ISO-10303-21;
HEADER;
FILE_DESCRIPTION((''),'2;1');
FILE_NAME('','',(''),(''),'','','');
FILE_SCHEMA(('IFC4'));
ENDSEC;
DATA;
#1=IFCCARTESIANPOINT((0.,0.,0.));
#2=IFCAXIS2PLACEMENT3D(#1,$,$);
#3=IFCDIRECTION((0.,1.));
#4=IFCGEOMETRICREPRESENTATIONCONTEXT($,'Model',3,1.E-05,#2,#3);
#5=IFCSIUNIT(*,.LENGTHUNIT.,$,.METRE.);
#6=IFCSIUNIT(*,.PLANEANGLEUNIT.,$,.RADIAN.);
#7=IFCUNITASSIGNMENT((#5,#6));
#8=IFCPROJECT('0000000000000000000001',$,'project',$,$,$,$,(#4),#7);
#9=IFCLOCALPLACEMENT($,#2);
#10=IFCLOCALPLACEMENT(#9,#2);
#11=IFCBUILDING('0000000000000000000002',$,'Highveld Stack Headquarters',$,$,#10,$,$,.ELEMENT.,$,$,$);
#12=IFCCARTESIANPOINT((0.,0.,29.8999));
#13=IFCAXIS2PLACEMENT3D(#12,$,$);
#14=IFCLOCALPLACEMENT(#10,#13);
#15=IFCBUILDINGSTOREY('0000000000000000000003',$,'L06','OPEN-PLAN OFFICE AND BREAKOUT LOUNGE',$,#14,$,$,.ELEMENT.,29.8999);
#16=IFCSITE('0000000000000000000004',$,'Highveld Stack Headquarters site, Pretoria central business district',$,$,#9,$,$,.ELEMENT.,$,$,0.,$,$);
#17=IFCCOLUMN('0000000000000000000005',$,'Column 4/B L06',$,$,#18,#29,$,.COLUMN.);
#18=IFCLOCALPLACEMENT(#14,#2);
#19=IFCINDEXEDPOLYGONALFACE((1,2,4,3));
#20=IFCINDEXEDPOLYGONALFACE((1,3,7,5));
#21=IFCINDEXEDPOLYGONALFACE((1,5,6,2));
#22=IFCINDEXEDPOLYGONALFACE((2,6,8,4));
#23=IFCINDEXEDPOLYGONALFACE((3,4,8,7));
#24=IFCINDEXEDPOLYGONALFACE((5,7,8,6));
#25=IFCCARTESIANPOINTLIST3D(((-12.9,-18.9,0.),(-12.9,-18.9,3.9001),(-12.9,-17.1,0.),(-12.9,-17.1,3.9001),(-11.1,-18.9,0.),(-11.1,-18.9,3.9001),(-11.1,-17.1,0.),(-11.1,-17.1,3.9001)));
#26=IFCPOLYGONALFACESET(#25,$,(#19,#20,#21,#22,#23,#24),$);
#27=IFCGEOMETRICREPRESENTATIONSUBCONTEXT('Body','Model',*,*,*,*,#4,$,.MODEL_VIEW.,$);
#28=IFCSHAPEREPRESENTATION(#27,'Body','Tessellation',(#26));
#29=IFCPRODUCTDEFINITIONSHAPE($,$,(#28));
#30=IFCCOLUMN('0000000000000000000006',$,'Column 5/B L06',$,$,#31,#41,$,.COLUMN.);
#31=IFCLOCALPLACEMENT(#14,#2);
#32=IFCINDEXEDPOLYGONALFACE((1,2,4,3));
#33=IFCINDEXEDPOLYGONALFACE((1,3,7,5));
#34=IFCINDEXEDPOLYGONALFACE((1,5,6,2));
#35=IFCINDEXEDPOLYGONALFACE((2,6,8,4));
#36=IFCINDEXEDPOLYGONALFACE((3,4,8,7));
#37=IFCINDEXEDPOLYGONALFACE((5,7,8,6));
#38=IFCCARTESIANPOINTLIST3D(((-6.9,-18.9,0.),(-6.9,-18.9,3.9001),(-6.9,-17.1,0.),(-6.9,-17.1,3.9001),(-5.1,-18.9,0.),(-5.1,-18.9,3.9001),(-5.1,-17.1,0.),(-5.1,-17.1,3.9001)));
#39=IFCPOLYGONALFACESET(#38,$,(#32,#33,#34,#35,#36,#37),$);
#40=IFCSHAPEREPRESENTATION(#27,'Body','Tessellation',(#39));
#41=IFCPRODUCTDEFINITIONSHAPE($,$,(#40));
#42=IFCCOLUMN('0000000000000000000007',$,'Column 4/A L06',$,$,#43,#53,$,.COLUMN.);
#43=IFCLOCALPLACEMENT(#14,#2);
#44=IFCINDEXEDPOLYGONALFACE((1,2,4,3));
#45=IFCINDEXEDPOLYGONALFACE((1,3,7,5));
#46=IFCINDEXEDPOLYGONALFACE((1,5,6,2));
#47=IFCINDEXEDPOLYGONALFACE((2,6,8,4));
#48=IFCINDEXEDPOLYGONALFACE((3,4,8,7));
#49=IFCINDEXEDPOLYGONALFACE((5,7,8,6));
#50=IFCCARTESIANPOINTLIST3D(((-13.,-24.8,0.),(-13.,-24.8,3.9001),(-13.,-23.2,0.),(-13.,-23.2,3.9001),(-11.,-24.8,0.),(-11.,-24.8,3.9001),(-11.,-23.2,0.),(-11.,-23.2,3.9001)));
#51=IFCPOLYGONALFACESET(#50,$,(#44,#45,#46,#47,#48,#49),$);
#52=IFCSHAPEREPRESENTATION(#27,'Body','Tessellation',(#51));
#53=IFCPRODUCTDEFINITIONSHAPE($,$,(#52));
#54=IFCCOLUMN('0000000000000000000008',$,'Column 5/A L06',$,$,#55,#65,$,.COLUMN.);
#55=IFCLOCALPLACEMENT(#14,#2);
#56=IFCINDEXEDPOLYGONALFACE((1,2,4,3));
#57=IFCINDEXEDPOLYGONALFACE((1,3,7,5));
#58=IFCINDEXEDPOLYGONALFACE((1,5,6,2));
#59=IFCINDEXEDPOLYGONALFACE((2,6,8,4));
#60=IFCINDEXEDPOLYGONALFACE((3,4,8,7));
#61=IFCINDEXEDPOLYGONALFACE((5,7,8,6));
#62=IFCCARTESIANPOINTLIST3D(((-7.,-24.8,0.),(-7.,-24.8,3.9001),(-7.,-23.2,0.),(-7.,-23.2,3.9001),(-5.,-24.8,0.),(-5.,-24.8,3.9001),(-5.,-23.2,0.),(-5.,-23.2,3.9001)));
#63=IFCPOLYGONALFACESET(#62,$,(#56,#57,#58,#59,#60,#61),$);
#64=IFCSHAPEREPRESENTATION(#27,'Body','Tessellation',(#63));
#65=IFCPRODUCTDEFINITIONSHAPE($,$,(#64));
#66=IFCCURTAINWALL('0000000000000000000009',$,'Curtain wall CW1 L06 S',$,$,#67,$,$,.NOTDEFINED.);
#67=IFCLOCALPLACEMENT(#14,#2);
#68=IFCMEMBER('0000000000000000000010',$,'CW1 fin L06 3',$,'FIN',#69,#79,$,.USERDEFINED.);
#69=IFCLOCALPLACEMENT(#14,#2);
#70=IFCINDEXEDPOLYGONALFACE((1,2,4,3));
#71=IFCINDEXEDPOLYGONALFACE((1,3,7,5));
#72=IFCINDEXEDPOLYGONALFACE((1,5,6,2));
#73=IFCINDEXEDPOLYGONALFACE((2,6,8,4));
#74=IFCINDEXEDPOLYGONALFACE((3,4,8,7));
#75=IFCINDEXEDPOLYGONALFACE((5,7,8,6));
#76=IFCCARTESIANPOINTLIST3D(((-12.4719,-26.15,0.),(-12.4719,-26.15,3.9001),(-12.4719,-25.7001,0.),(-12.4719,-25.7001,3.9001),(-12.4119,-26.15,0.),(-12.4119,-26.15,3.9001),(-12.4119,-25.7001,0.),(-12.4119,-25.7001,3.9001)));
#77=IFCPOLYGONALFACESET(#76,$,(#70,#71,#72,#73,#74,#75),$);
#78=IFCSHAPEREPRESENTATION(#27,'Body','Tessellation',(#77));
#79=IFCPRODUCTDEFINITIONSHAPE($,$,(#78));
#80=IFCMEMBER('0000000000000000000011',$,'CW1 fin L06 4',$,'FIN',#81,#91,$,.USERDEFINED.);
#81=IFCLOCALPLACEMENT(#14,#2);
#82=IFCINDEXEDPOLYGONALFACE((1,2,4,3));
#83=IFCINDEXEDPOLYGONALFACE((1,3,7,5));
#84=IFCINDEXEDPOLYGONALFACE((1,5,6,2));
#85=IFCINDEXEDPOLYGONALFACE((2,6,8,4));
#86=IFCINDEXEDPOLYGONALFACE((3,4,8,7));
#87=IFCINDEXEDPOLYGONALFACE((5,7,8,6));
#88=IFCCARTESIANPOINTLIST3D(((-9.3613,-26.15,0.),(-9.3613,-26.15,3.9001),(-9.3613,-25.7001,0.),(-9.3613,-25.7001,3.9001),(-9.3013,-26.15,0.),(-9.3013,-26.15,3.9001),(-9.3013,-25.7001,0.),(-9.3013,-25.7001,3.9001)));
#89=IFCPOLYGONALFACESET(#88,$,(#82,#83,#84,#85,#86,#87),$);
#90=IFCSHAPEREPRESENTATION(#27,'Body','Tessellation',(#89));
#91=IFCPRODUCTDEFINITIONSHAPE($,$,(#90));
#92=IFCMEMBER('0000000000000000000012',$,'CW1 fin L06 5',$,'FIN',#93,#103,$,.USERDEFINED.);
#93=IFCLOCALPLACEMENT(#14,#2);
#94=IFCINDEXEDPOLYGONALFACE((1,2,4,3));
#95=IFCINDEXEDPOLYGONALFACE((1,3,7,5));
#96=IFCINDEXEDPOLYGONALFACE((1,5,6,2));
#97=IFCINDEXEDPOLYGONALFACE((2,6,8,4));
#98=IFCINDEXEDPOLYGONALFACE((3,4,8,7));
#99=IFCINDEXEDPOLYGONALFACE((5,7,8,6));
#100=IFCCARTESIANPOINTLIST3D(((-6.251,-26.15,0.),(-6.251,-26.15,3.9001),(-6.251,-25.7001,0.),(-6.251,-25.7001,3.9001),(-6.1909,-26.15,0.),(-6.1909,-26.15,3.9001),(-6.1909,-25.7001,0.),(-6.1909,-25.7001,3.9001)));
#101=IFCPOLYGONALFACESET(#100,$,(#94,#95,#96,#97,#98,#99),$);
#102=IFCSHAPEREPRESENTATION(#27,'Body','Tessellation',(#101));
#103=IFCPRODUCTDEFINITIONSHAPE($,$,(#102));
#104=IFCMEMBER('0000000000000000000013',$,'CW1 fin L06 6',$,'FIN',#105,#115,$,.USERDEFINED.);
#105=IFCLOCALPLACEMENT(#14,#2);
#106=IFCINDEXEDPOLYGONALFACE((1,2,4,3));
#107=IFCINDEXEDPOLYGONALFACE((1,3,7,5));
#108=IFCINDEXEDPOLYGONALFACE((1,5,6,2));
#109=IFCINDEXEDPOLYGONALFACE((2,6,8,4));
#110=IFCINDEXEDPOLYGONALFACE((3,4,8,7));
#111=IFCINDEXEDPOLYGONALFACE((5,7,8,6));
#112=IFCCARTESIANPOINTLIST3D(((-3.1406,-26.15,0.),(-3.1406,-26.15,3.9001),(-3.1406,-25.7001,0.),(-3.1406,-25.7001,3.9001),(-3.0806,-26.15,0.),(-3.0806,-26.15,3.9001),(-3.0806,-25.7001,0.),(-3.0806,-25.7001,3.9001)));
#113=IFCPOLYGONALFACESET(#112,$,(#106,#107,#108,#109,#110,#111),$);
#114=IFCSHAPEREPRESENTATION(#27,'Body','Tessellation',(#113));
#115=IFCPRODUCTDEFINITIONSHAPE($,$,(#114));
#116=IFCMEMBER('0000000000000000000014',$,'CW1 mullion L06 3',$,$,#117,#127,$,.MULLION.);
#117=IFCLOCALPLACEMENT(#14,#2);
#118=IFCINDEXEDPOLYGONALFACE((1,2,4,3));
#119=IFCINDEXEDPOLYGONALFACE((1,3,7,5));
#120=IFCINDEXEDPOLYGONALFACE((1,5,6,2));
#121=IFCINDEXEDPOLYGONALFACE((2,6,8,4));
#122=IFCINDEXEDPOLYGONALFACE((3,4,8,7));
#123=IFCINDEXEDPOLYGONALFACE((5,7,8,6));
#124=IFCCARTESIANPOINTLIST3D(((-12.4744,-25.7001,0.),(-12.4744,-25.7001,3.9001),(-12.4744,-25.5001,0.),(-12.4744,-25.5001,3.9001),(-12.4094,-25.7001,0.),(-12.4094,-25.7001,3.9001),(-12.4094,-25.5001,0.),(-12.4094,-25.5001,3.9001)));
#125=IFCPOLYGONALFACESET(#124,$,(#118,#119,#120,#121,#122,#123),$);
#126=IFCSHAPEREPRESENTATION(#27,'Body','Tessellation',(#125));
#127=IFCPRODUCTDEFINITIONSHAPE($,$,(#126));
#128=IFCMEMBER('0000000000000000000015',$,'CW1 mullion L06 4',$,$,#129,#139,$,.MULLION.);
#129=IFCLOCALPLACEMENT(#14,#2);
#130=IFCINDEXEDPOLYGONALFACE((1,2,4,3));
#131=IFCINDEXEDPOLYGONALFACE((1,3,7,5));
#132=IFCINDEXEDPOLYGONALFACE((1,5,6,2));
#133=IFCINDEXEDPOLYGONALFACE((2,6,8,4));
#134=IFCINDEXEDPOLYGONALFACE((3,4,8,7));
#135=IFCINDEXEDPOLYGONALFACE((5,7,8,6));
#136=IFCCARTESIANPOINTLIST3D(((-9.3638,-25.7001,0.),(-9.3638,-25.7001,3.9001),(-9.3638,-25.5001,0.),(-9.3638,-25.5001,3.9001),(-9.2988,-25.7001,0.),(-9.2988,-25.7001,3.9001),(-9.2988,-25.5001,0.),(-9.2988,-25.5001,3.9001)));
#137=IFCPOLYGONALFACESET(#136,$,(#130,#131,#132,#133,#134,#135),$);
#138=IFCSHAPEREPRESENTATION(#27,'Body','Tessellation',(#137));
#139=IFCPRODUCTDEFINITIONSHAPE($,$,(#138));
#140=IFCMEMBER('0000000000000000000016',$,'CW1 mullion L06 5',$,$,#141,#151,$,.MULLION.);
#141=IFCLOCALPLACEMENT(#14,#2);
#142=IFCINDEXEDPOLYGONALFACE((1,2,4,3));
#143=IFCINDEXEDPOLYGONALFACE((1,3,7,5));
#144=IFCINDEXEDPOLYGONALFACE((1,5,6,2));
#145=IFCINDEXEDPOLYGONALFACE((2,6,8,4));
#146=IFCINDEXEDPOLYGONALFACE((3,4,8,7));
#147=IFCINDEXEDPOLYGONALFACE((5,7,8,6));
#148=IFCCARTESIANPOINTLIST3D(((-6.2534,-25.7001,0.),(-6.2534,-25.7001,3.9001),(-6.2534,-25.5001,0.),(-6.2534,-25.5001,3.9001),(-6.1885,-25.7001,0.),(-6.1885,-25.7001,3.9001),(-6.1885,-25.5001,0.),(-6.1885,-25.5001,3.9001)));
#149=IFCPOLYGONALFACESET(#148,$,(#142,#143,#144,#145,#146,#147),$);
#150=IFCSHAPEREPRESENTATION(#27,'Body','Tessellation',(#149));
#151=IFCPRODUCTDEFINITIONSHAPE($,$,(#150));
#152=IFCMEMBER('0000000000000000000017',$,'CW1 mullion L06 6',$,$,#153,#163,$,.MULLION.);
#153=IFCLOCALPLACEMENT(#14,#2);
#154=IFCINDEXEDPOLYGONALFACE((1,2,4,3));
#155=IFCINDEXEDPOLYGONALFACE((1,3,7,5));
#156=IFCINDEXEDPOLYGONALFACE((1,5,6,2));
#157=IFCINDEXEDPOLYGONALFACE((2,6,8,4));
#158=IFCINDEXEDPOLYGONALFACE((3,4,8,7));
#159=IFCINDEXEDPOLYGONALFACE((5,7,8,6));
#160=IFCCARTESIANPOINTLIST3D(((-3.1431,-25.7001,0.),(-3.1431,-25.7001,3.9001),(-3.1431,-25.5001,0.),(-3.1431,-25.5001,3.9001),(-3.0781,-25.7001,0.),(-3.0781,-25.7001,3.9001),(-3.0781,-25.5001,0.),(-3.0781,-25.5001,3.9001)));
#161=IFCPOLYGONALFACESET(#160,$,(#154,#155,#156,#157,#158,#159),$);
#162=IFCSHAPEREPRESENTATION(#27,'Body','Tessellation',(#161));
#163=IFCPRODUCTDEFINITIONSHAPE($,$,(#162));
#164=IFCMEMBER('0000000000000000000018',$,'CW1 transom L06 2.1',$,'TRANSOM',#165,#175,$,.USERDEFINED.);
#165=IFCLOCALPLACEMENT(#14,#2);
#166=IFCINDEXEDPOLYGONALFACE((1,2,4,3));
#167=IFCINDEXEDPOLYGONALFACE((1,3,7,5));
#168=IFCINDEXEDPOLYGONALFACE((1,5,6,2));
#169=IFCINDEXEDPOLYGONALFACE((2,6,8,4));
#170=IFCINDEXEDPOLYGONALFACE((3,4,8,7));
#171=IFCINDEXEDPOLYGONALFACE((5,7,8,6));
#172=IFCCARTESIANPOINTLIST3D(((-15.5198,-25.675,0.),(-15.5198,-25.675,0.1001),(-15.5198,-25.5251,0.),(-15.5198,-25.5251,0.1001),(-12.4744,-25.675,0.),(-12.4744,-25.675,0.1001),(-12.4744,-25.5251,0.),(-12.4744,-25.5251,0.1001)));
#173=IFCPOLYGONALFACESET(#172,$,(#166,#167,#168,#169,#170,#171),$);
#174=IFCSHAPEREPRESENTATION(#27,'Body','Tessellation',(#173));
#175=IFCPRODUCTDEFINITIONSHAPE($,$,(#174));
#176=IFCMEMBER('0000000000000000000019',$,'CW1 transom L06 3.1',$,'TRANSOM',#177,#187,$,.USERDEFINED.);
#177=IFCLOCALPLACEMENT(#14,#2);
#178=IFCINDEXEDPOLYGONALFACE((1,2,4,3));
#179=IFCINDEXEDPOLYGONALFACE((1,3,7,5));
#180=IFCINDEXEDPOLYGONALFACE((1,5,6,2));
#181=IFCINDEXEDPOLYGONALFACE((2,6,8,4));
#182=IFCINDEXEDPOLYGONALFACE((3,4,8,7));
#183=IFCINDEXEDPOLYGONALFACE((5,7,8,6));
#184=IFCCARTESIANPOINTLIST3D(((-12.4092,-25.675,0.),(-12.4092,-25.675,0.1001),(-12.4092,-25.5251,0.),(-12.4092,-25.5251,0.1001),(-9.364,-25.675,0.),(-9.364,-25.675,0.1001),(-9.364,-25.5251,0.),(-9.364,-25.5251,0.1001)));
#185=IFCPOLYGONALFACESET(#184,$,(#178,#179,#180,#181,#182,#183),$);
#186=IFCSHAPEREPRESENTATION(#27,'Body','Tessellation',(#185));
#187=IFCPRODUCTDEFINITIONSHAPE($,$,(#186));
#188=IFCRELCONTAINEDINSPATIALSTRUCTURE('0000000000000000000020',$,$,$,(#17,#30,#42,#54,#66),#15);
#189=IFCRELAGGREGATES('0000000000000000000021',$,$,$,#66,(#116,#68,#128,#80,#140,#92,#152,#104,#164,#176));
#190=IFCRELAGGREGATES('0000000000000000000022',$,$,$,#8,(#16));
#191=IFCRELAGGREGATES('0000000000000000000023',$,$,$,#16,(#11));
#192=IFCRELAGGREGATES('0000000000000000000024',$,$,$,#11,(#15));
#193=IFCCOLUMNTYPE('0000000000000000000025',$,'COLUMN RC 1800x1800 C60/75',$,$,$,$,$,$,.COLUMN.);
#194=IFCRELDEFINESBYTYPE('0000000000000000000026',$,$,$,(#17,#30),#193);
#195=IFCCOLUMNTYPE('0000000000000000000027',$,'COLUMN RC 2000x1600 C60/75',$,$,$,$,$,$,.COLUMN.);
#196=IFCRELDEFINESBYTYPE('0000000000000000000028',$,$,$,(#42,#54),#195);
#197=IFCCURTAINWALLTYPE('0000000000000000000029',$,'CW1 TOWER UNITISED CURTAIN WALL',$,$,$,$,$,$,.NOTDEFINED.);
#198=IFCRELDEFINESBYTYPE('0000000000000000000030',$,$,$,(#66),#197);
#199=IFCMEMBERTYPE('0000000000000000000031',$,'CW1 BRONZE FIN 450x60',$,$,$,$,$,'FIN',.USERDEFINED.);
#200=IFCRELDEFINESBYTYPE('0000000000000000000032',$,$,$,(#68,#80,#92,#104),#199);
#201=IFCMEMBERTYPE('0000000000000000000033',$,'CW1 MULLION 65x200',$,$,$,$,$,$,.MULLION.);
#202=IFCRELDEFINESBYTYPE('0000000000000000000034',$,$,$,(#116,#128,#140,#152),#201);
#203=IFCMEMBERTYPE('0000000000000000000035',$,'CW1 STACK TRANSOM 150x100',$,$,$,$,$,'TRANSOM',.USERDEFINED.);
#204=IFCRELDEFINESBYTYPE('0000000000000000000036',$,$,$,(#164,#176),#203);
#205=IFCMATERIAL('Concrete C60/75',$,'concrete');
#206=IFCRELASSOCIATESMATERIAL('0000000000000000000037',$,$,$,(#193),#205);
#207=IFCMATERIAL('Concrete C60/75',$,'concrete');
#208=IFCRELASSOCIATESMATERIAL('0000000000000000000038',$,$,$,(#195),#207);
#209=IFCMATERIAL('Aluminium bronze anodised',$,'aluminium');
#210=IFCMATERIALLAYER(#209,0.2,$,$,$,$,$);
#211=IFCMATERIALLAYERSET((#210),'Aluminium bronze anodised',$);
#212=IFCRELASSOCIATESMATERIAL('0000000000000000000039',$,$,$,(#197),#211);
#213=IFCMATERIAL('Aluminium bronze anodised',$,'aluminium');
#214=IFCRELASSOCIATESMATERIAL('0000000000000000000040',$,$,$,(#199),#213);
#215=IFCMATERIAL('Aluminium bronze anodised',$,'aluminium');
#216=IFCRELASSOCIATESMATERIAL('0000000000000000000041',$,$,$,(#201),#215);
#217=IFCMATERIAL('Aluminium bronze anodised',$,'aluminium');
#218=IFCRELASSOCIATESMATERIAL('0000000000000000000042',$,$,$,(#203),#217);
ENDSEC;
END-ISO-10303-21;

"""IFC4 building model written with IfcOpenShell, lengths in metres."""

from ifc_helpers import new_model, si_unit, direction, frame, origin, origin_2d, place, context, subcontext, project, spatial, rectangle, extrude, material, layer, layer_set, material_profile, profile_set, type_object, element, aggregate, save


model = new_model("IFC4")

# Units and contexts
model_context = context("Model", 3, precision=1e-05, world=origin(), true_north=direction((0.0, 1.0)))
body_context = subcontext(model_context, "Body", "Model", "MODEL_VIEW")
ifc_project = project(units=[si_unit("LENGTHUNIT", "METRE"), si_unit("PLANEANGLEUNIT", "RADIAN")], contexts=[model_context])

# Site, building, storey
site_placement = place(None, origin())
site = spatial("IfcSite", under=ifc_project, at=site_placement, Name="Highveld Stack Headquarters site, Pretoria central business district", CompositionType="ELEMENT", RefElevation=0.0)
building_placement = place(site_placement, origin())
building = spatial("IfcBuilding", under=site, at=building_placement, Name="Highveld Stack Headquarters", CompositionType="ELEMENT")
storey_placement = place(building_placement, frame((0.0, 0.0, 29.8999)))
storey = spatial("IfcBuildingStorey", under=building, at=storey_placement, Name="L06", Description="OPEN-PLAN OFFICE AND BREAKOUT LOUNGE", CompositionType="ELEMENT", Elevation=29.8999)

# Columns
ifc_material_1 = material(Name="Concrete C60/75", Category="concrete")
ifc_material_profile_1 = material_profile(ifc_material_1, rectangle(XDim=1.8, YDim=1.8, at=origin_2d()), Name="RC 1800x1800")
ifc_profile_set_1 = profile_set([ifc_material_profile_1], Name="Concrete C60/75")
column_type_1 = type_object("IfcColumnType", Name="COLUMN RC 1800x1800 C60/75", PredefinedType="COLUMN", material=ifc_profile_set_1)
for number, where, z_axis, x_axis, name in (
    (1, (-12.0, -18.0, 0.0), (0.0, 0.0, 1.0), (1.0, 0.0, 0.0), "Column 4/B L06"),
    (2, (-6.0, -18.0, 0.0), (0.0, 0.0, 1.0), (1.0, 0.0, 0.0), "Column 5/B L06"),
):
    element("IfcColumn", number, at=place(storey_placement, frame(where, z_axis=z_axis, x_axis=x_axis)), inside=storey, type_object=column_type_1, Name=name, PredefinedType="COLUMN", context=body_context, shape_type="SweptSolid", body=[
        extrude(rectangle(XDim=1.8, YDim=1.8, at=origin_2d()), origin(), (0.0, 0.0, 1.0), 3.9001),
    ])
ifc_material_2 = material(Name="Concrete C60/75", Category="concrete")
ifc_material_profile_2 = material_profile(ifc_material_2, rectangle(XDim=2.0, YDim=1.6001, at=origin_2d()), Name="RC 2000x1600")
ifc_profile_set_2 = profile_set([ifc_material_profile_2], Name="Concrete C60/75")
column_type_2 = type_object("IfcColumnType", Name="COLUMN RC 2000x1600 C60/75", PredefinedType="COLUMN", material=ifc_profile_set_2)
for number, where, z_axis, x_axis, name in (
    (3, (-12.0, -24.0, 0.0), (0.0, 0.0, 1.0), (1.0, 0.0, 0.0), "Column 4/A L06"),
    (4, (-6.0, -24.0, 0.0), (0.0, 0.0, 1.0), (1.0, 0.0, 0.0), "Column 5/A L06"),
):
    element("IfcColumn", number, at=place(storey_placement, frame(where, z_axis=z_axis, x_axis=x_axis)), inside=storey, type_object=column_type_2, Name=name, PredefinedType="COLUMN", context=body_context, shape_type="SweptSolid", body=[
        extrude(rectangle(XDim=2.0, YDim=1.6001, at=origin_2d()), origin(), (0.0, 0.0, 1.0), 3.9001),
    ])

# Curtain wall, members
ifc_material_3 = material(Name="Aluminium bronze anodised", Category="aluminium")
ifc_layer_1 = layer(ifc_material_3, 0.2)
ifc_layer_set_1 = layer_set([ifc_layer_1], Name="Aluminium bronze anodised")
curtain_wall_type = type_object("IfcCurtainWallType", Name="CW1 TOWER UNITISED CURTAIN WALL", PredefinedType="NOTDEFINED", material=ifc_layer_set_1)
curtain_wall_placement = place(storey_placement, origin())
curtain_wall = element("IfcCurtainWall", 5, at=curtain_wall_placement, inside=storey, type_object=curtain_wall_type, Name="Curtain wall CW1 L06 S", PredefinedType="NOTDEFINED")
ifc_material_4 = material(Name="Aluminium bronze anodised", Category="aluminium")
ifc_material_profile_3 = material_profile(ifc_material_4, rectangle(XDim=0.45, YDim=0.0601, at=origin_2d()), Name="FIN 450x60")
ifc_profile_set_3 = profile_set([ifc_material_profile_3], Name="Aluminium bronze anodised")
member_type_1 = type_object("IfcMemberType", Name="CW1 BRONZE FIN 450x60", ElementType="FIN", PredefinedType="USERDEFINED", material=ifc_profile_set_3)
member_1_placement = place(storey_placement, frame((-12.4419, -25.925, 0.0), z_axis=(0.0, 0.0, 1.0), x_axis=(0.0, 1.0, 0.0)))
member_1 = element("IfcMember", 6, at=member_1_placement, type_object=member_type_1, Name="CW1 fin L06 3", ObjectType="FIN", PredefinedType="USERDEFINED", context=body_context, shape_type="SweptSolid", body=[
    extrude(rectangle(XDim=0.45, YDim=0.0601, at=origin_2d()), origin(), (0.0, 0.0, 1.0), 3.9001),
])
member_2_placement = place(storey_placement, frame((-9.3313, -25.925, 0.0), z_axis=(0.0, 0.0, 1.0), x_axis=(0.0, 1.0, 0.0)))
member_2 = element("IfcMember", 7, at=member_2_placement, type_object=member_type_1, Name="CW1 fin L06 4", ObjectType="FIN", PredefinedType="USERDEFINED", context=body_context, shape_type="SweptSolid", body=[
    extrude(rectangle(XDim=0.45, YDim=0.0601, at=origin_2d()), origin(), (0.0, 0.0, 1.0), 3.9001),
])
member_3_placement = place(storey_placement, frame((-6.2209, -25.925, 0.0), z_axis=(0.0, 0.0, 1.0), x_axis=(0.0, 1.0, 0.0)))
member_3 = element("IfcMember", 8, at=member_3_placement, type_object=member_type_1, Name="CW1 fin L06 5", ObjectType="FIN", PredefinedType="USERDEFINED", context=body_context, shape_type="SweptSolid", body=[
    extrude(rectangle(XDim=0.45, YDim=0.0601, at=origin_2d()), origin(), (0.0, 0.0, 1.0), 3.9001),
])
member_4_placement = place(storey_placement, frame((-3.1106, -25.925, 0.0), z_axis=(0.0, 0.0, 1.0), x_axis=(0.0, 1.0, 0.0)))
member_4 = element("IfcMember", 9, at=member_4_placement, type_object=member_type_1, Name="CW1 fin L06 6", ObjectType="FIN", PredefinedType="USERDEFINED", context=body_context, shape_type="SweptSolid", body=[
    extrude(rectangle(XDim=0.45, YDim=0.0601, at=origin_2d()), origin(), (0.0, 0.0, 1.0), 3.9001),
])
ifc_material_5 = material(Name="Aluminium bronze anodised", Category="aluminium")
ifc_material_profile_4 = material_profile(ifc_material_5, rectangle(XDim=0.2, YDim=0.0649, at=origin_2d()), Name="CW1 MULLION 65x200")
ifc_profile_set_4 = profile_set([ifc_material_profile_4], Name="Aluminium bronze anodised")
member_type_2 = type_object("IfcMemberType", Name="CW1 MULLION 65x200", PredefinedType="MULLION", material=ifc_profile_set_4)
member_5_placement = place(storey_placement, frame((-12.4419, -25.6001, 0.0), z_axis=(0.0, 0.0, 1.0), x_axis=(0.0, 1.0, 0.0)))
member_5 = element("IfcMember", 10, at=member_5_placement, type_object=member_type_2, Name="CW1 mullion L06 3", PredefinedType="MULLION", context=body_context, shape_type="SweptSolid", body=[
    extrude(rectangle(XDim=0.2, YDim=0.0649, at=origin_2d()), origin(), (0.0, 0.0, 1.0), 3.9001),
])
member_6_placement = place(storey_placement, frame((-9.3313, -25.6001, 0.0), z_axis=(0.0, 0.0, 1.0), x_axis=(0.0, 1.0, 0.0)))
member_6 = element("IfcMember", 11, at=member_6_placement, type_object=member_type_2, Name="CW1 mullion L06 4", PredefinedType="MULLION", context=body_context, shape_type="SweptSolid", body=[
    extrude(rectangle(XDim=0.2, YDim=0.0649, at=origin_2d()), origin(), (0.0, 0.0, 1.0), 3.9001),
])
member_7_placement = place(storey_placement, frame((-6.2209, -25.6001, 0.0), z_axis=(0.0, 0.0, 1.0), x_axis=(0.0, 1.0, 0.0)))
member_7 = element("IfcMember", 12, at=member_7_placement, type_object=member_type_2, Name="CW1 mullion L06 5", PredefinedType="MULLION", context=body_context, shape_type="SweptSolid", body=[
    extrude(rectangle(XDim=0.2, YDim=0.0649, at=origin_2d()), origin(), (0.0, 0.0, 1.0), 3.9001),
])
member_8_placement = place(storey_placement, frame((-3.1106, -25.6001, 0.0), z_axis=(0.0, 0.0, 1.0), x_axis=(0.0, 1.0, 0.0)))
member_8 = element("IfcMember", 13, at=member_8_placement, type_object=member_type_2, Name="CW1 mullion L06 6", PredefinedType="MULLION", context=body_context, shape_type="SweptSolid", body=[
    extrude(rectangle(XDim=0.2, YDim=0.0649, at=origin_2d()), origin(), (0.0, 0.0, 1.0), 3.9001),
])
ifc_material_6 = material(Name="Aluminium bronze anodised", Category="aluminium")
ifc_material_profile_5 = material_profile(ifc_material_6, rectangle(XDim=0.1499, YDim=0.1001, at=origin_2d()), Name="CW1 TRANSOM 150x100")
ifc_profile_set_5 = profile_set([ifc_material_profile_5], Name="Aluminium bronze anodised")
member_type_3 = type_object("IfcMemberType", Name="CW1 STACK TRANSOM 150x100", ElementType="TRANSOM", PredefinedType="USERDEFINED", material=ifc_profile_set_5)
member_9_placement = place(storey_placement, frame((-15.5198, -25.6001, 0.05), z_axis=(1.0, 0.0, 0.0), x_axis=(0.0, 1.0, 0.0)))
member_9 = element("IfcMember", 14, at=member_9_placement, type_object=member_type_3, Name="CW1 transom L06 2.1", ObjectType="TRANSOM", PredefinedType="USERDEFINED", context=body_context, shape_type="SweptSolid", body=[
    extrude(rectangle(XDim=0.1499, YDim=0.1001, at=origin_2d()), origin(), (0.0, 0.0, 1.0), 3.0454),
])
member_10_placement = place(storey_placement, frame((-12.4092, -25.6001, 0.05), z_axis=(1.0, 0.0, 0.0), x_axis=(0.0, 1.0, 0.0)))
member_10 = element("IfcMember", 15, at=member_10_placement, type_object=member_type_3, Name="CW1 transom L06 3.1", ObjectType="TRANSOM", PredefinedType="USERDEFINED", context=body_context, shape_type="SweptSolid", body=[
    extrude(rectangle(XDim=0.1499, YDim=0.1001, at=origin_2d()), origin(), (0.0, 0.0, 1.0), 3.0452),
])
aggregate(curtain_wall, [member_5, member_1, member_6, member_2, member_7, member_3, member_8, member_4, member_9, member_10])

save(model, "model.ifc")
